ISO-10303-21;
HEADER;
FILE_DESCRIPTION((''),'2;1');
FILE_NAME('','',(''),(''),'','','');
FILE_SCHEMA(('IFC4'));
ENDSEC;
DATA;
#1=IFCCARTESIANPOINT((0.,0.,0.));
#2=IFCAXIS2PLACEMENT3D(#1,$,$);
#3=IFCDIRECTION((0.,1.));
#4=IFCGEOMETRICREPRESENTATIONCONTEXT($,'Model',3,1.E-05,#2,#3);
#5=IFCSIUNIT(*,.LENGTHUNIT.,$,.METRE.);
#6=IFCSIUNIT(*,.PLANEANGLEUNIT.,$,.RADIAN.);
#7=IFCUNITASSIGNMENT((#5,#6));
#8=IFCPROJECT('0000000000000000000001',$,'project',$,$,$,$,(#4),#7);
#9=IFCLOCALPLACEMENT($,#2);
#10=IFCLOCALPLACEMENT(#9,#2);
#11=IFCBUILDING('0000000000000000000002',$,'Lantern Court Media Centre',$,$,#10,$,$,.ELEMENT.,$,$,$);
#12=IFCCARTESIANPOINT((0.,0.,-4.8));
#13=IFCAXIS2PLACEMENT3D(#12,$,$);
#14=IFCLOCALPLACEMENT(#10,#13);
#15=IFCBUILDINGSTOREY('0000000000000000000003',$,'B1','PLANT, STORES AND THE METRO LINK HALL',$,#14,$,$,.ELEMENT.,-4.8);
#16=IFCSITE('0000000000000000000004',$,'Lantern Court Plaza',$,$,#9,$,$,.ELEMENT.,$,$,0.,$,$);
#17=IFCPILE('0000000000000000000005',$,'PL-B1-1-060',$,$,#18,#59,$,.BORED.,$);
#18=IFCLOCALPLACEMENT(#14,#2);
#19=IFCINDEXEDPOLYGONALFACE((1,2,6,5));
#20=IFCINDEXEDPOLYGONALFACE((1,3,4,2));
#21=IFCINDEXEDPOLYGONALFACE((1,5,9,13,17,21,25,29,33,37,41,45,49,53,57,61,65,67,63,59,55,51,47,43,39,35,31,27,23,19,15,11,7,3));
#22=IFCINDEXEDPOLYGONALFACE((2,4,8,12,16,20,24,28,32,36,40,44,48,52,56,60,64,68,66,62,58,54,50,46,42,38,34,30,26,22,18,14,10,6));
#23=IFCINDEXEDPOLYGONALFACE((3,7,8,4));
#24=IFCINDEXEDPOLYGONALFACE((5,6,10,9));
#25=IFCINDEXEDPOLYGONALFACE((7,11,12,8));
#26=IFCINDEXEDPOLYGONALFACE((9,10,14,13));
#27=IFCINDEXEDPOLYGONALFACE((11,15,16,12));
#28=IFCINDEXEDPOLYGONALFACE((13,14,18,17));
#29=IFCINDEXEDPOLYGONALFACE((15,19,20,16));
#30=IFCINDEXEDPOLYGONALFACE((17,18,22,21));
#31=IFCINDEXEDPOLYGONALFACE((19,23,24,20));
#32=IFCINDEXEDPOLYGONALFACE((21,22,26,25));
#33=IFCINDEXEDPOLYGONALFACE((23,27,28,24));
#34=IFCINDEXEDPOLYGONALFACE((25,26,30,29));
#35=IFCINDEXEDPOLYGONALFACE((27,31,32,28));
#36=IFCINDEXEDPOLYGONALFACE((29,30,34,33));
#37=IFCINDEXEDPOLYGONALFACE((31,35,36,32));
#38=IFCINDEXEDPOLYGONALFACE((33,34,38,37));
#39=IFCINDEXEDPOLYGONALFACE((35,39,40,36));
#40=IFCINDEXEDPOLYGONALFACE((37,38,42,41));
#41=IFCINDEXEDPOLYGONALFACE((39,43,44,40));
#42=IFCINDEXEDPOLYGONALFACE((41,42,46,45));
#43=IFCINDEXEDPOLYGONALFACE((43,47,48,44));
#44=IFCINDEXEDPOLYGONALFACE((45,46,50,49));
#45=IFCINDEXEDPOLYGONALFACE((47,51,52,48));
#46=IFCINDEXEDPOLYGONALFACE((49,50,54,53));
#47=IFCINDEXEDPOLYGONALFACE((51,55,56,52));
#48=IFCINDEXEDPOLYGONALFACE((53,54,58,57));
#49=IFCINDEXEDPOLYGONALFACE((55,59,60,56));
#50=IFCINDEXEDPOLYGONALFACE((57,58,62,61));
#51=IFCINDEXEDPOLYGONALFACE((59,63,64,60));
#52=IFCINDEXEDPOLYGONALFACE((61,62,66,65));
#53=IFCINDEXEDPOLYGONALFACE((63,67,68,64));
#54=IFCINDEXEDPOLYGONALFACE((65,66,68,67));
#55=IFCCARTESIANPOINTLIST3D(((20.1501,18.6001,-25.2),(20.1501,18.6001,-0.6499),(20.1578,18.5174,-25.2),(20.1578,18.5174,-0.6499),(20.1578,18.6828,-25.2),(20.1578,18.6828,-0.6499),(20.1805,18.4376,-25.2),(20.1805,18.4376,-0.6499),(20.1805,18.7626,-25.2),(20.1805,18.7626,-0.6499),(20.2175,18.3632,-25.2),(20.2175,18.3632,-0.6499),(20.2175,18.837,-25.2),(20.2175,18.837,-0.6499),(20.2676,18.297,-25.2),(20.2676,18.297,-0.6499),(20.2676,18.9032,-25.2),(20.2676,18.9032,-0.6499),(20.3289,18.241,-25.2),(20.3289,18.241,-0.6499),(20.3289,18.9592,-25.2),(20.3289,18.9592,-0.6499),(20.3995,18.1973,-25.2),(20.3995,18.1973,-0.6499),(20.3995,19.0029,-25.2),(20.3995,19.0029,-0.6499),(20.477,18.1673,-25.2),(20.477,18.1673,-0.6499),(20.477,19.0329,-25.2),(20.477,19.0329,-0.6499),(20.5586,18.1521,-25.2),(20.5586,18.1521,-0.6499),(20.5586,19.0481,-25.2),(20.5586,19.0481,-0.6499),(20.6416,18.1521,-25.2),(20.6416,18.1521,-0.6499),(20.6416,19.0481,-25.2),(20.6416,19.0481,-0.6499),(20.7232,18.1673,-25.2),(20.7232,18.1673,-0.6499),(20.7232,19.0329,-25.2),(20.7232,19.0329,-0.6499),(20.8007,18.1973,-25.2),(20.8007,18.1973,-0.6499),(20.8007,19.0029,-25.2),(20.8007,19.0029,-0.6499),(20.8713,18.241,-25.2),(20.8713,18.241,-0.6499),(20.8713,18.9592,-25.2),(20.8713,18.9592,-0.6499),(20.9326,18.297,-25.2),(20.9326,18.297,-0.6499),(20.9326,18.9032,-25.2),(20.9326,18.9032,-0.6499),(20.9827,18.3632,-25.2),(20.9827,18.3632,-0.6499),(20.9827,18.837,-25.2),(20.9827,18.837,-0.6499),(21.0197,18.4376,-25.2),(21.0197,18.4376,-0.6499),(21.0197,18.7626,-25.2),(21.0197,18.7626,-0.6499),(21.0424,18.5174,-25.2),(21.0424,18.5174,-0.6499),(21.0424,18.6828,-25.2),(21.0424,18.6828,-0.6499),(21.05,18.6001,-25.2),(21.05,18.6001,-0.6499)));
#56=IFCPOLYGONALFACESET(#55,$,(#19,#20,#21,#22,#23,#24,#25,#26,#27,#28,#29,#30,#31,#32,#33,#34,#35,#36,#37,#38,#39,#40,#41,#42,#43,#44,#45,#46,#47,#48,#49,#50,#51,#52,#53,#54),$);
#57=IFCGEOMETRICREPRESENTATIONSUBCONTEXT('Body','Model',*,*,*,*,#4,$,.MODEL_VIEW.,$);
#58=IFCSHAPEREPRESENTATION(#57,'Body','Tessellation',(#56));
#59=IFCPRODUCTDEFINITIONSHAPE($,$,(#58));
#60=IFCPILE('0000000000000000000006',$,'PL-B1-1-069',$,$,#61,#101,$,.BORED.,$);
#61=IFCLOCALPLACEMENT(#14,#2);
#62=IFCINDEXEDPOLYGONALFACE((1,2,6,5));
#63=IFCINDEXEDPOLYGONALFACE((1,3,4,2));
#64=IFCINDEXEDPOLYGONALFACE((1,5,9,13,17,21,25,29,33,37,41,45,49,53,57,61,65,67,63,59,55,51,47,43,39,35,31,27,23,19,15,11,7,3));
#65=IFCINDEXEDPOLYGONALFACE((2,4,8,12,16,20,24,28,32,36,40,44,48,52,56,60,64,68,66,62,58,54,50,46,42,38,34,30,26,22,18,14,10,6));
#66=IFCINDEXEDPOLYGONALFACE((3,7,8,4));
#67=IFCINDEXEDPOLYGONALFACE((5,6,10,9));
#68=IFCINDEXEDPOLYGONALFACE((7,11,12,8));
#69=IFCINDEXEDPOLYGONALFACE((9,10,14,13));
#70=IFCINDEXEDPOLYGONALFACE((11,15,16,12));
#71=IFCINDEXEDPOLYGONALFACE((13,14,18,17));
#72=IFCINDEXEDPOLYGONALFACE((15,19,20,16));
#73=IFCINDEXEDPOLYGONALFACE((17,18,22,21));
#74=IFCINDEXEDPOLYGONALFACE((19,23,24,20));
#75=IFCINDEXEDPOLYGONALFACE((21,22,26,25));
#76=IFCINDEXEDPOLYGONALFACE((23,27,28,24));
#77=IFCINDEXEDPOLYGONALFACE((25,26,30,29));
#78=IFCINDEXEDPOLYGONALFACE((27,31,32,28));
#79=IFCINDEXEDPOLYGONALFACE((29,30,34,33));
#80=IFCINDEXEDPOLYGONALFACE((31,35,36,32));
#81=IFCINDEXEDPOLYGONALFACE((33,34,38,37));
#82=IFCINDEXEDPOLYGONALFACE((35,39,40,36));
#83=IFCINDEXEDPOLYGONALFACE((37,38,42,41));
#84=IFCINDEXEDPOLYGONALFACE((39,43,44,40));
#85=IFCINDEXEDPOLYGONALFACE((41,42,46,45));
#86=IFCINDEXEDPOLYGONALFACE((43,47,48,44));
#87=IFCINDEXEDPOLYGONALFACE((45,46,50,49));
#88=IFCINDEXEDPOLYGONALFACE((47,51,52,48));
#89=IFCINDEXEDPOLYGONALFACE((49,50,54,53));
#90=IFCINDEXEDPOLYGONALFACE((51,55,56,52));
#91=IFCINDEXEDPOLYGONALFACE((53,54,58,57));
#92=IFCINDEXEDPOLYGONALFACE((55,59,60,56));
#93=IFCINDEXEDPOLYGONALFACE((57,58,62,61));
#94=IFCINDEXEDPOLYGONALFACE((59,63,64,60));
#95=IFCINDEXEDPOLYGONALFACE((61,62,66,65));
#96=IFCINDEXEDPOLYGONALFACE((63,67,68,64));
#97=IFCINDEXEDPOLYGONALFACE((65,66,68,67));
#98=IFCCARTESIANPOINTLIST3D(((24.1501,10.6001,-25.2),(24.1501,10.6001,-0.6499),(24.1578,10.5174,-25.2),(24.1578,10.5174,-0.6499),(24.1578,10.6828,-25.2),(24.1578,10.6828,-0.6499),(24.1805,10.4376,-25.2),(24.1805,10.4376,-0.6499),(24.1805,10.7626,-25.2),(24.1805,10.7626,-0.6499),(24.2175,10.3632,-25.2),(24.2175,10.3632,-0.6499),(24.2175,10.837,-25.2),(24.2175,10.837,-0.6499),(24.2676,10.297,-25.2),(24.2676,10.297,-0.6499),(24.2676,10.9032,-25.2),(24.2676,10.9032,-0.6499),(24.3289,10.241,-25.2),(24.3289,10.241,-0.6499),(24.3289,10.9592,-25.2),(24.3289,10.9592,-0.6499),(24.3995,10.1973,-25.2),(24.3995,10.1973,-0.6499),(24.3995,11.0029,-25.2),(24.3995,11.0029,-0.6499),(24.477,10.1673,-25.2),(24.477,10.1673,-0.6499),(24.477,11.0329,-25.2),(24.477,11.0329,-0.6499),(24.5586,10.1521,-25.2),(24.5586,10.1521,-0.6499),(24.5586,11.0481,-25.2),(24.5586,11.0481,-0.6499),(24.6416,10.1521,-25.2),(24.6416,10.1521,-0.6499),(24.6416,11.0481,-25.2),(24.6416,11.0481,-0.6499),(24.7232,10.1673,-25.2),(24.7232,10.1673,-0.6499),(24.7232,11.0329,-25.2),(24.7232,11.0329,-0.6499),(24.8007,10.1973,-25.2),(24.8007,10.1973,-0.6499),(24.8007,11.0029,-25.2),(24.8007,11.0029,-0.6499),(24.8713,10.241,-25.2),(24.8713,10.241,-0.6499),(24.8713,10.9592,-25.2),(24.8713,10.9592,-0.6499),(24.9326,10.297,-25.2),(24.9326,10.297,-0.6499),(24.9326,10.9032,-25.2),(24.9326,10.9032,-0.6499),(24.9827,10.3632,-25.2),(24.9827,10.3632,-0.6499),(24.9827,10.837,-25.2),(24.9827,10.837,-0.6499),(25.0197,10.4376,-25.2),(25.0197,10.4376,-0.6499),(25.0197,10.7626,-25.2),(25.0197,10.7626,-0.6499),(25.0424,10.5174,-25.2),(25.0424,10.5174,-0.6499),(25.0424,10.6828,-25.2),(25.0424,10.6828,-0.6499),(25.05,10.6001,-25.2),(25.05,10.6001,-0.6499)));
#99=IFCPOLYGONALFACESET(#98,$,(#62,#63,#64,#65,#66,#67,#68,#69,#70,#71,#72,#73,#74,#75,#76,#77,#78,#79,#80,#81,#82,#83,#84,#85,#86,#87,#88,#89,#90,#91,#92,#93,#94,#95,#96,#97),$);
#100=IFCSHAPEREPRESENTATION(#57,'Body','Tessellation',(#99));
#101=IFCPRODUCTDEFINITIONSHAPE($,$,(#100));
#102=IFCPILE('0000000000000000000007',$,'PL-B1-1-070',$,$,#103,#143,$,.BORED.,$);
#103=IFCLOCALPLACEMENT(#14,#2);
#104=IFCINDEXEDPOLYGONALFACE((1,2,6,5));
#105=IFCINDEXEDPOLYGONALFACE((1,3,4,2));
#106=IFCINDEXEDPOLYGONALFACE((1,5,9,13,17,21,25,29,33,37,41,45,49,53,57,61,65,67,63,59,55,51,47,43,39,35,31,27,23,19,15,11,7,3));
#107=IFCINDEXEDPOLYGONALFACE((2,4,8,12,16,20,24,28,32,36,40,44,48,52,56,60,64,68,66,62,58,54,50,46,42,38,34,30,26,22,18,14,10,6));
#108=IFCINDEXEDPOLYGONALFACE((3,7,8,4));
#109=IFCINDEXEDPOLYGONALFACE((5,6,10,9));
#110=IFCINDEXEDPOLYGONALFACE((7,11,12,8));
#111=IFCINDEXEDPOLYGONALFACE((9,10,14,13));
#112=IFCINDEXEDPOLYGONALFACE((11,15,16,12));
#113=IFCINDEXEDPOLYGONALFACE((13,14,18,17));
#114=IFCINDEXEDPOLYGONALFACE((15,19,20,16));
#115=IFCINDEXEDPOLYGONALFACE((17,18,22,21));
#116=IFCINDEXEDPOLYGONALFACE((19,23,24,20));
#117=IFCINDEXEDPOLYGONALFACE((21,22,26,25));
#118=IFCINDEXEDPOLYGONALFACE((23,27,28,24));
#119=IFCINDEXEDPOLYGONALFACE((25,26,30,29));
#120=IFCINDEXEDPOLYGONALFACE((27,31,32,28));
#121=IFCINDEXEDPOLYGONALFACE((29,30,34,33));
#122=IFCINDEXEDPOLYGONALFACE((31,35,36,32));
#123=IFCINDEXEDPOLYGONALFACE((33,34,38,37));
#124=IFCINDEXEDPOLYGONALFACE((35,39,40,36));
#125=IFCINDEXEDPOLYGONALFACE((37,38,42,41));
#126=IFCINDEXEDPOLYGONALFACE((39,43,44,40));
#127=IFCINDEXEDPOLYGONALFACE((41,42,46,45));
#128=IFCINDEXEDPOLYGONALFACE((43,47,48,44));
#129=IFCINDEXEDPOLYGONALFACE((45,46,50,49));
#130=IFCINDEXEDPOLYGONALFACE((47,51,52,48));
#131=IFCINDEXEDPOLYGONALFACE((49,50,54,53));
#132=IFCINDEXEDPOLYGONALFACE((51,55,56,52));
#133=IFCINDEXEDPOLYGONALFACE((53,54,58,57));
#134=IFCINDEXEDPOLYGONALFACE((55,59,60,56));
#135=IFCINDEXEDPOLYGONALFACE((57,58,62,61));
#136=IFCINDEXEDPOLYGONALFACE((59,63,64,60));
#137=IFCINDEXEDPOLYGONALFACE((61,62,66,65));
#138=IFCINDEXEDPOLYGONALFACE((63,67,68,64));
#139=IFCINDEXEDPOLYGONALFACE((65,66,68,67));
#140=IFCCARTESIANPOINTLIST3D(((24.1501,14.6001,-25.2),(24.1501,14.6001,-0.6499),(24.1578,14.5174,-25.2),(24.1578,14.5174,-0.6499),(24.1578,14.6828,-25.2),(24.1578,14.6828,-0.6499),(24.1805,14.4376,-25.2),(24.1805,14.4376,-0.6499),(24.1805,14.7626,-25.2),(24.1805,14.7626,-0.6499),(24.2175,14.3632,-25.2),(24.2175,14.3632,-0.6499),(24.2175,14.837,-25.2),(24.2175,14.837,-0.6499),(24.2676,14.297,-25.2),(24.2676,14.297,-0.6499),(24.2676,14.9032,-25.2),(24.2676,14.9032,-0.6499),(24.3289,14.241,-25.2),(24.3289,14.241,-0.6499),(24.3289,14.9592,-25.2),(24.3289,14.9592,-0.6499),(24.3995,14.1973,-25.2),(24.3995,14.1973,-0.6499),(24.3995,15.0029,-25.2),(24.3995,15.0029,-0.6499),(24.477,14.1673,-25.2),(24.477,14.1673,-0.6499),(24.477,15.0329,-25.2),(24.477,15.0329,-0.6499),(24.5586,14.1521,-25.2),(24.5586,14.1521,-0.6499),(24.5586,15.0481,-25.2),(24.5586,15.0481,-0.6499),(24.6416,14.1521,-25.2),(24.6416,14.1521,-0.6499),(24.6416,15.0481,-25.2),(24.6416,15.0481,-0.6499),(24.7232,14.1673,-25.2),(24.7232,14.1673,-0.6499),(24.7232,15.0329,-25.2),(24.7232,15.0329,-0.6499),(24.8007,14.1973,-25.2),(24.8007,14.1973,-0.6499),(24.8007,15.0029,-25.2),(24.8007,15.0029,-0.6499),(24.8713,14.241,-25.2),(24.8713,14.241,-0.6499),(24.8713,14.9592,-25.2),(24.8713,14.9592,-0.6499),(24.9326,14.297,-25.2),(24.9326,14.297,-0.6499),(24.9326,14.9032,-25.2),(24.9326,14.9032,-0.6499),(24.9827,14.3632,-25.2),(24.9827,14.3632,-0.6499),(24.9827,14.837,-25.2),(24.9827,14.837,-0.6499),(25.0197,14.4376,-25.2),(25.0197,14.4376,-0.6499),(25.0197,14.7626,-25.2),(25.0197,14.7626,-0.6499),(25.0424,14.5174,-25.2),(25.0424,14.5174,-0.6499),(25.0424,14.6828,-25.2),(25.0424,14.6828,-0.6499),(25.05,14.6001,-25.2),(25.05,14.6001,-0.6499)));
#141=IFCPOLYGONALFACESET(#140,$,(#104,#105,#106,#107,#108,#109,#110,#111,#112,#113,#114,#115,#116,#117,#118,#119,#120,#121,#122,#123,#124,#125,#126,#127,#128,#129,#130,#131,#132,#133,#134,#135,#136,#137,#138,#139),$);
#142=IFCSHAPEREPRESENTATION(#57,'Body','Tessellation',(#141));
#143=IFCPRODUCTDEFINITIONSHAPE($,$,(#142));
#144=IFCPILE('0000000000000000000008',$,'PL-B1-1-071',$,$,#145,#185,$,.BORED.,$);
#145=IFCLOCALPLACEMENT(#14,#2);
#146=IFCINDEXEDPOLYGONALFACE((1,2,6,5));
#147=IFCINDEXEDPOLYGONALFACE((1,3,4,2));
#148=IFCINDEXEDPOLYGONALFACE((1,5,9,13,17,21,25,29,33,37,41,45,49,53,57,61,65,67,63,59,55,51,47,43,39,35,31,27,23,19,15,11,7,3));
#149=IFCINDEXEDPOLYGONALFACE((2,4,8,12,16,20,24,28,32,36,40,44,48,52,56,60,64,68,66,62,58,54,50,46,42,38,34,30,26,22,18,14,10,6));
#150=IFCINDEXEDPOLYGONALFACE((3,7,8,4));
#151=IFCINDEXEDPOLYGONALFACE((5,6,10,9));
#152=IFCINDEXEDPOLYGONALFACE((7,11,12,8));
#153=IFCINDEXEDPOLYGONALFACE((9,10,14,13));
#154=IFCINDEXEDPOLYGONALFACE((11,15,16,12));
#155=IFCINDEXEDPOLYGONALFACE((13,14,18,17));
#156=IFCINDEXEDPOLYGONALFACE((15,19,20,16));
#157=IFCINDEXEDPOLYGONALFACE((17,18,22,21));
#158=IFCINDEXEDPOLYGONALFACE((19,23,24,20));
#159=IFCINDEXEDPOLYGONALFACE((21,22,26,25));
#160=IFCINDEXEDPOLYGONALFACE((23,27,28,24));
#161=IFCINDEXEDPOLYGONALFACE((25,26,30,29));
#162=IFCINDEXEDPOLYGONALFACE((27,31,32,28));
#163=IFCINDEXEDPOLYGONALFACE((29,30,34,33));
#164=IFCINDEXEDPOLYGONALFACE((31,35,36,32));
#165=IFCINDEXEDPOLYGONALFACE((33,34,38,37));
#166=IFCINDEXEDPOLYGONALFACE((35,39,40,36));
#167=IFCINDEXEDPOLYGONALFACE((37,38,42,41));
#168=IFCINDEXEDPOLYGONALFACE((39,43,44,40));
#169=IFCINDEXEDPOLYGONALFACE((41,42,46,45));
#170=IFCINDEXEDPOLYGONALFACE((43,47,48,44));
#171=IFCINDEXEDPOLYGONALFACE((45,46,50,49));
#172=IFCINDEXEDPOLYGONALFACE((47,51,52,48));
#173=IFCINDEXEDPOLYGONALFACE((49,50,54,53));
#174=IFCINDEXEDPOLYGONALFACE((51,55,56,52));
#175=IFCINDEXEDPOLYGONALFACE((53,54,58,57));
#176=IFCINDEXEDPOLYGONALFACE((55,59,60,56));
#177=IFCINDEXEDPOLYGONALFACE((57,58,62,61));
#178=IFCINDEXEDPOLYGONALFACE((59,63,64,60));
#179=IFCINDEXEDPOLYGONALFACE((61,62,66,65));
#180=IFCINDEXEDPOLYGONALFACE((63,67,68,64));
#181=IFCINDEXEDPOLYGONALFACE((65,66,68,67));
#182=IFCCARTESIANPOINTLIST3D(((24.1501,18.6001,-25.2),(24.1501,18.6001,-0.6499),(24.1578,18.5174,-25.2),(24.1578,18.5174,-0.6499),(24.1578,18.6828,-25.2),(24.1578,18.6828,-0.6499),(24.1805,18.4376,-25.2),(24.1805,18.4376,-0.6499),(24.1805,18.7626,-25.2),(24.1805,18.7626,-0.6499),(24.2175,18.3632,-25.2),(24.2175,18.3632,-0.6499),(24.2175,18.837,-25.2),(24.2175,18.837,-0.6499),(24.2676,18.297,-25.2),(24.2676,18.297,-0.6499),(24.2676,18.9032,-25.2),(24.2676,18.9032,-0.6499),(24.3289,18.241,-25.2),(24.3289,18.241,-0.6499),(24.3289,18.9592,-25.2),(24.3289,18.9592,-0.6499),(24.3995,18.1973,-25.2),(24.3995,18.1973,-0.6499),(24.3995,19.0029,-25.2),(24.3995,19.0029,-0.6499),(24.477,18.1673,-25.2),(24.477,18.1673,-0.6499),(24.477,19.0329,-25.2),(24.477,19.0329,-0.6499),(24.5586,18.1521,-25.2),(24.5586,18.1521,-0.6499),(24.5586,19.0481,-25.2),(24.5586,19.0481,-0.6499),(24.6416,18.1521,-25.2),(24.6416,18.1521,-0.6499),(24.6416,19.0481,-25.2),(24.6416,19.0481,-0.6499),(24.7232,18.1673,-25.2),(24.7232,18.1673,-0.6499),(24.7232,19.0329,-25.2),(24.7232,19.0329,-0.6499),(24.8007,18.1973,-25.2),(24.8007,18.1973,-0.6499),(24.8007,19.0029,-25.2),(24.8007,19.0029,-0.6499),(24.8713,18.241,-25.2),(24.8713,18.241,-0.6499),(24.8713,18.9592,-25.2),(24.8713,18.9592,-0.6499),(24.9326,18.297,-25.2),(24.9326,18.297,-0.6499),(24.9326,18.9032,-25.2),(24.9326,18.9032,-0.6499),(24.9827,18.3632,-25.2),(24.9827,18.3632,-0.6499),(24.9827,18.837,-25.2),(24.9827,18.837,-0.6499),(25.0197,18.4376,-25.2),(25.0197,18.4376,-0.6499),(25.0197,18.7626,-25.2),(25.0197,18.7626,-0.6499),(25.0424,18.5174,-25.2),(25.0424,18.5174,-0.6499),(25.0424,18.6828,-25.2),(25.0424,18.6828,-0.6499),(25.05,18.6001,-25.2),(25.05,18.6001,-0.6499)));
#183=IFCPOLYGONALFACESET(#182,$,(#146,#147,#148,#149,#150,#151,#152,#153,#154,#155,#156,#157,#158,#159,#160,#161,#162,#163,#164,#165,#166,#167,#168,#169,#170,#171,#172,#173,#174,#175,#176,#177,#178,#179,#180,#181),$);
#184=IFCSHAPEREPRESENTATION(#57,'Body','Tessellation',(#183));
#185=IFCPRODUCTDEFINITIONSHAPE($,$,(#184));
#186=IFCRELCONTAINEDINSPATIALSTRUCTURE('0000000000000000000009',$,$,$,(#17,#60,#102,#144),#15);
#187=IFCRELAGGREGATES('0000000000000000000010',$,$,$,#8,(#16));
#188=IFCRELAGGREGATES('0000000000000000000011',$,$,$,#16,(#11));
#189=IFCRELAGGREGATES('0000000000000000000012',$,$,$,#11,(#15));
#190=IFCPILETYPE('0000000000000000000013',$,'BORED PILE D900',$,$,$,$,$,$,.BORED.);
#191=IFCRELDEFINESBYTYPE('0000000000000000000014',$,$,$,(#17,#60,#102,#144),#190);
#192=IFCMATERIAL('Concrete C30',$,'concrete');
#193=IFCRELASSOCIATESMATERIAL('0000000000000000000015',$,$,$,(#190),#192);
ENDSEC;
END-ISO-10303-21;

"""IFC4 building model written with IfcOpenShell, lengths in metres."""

from ifc_helpers import new_model, si_unit, direction, frame, origin, origin_2d, place, context, subcontext, project, spatial, circle, extrude, material, material_profile, profile_set, type_object, element, save


model = new_model("IFC4")

# Units and contexts
model_context = context("Model", 3, precision=1e-05, world=origin(), true_north=direction((0.0, 1.0)))
body_context = subcontext(model_context, "Body", "Model", "MODEL_VIEW")
ifc_project = project(units=[si_unit("LENGTHUNIT", "METRE"), si_unit("PLANEANGLEUNIT", "RADIAN")], contexts=[model_context])

# Site, building, storey
site_placement = place(None, origin())
site = spatial("IfcSite", under=ifc_project, at=site_placement, Name="Lantern Court Plaza", CompositionType="ELEMENT", RefElevation=0.0)
building_placement = place(site_placement, origin())
building = spatial("IfcBuilding", under=site, at=building_placement, Name="Lantern Court Media Centre", CompositionType="ELEMENT")
storey_placement = place(building_placement, frame((0.0, 0.0, -4.8)))
storey = spatial("IfcBuildingStorey", under=building, at=storey_placement, Name="B1", Description="PLANT, STORES AND THE METRO LINK HALL", CompositionType="ELEMENT", Elevation=-4.8)

# Piles
ifc_material_1 = material(Name="Concrete C30", Category="concrete")
ifc_material_profile_1 = material_profile(ifc_material_1, circle(Radius=0.45, at=origin_2d()), Name="D900")
ifc_profile_set_1 = profile_set([ifc_material_profile_1], Name="Concrete C30")
pile_type = type_object("IfcPileType", Name="BORED PILE D900", PredefinedType="BORED", material=ifc_profile_set_1)
for number, where, z_axis, x_axis, name in (
    (1, (20.6001, 18.6001, -0.6499), (0.0, 0.0, -1.0), (1.0, 0.0, 0.0), "PL-B1-1-060"),
    (2, (24.6001, 10.6001, -0.6499), (0.0, 0.0, -1.0), (1.0, 0.0, 0.0), "PL-B1-1-069"),
    (3, (24.6001, 14.6001, -0.6499), (0.0, 0.0, -1.0), (1.0, 0.0, 0.0), "PL-B1-1-070"),
    (4, (24.6001, 18.6001, -0.6499), (0.0, 0.0, -1.0), (1.0, 0.0, 0.0), "PL-B1-1-071"),
):
    element("IfcPile", number, at=place(storey_placement, frame(where, z_axis=z_axis, x_axis=x_axis)), inside=storey, type_object=pile_type, Name=name, PredefinedType="BORED", context=body_context, shape_type="SweptSolid", body=[
        extrude(circle(Radius=0.45, at=origin_2d()), origin(), (0.0, 0.0, 1.0), 24.55),
    ])

save(model, "model.ifc")
